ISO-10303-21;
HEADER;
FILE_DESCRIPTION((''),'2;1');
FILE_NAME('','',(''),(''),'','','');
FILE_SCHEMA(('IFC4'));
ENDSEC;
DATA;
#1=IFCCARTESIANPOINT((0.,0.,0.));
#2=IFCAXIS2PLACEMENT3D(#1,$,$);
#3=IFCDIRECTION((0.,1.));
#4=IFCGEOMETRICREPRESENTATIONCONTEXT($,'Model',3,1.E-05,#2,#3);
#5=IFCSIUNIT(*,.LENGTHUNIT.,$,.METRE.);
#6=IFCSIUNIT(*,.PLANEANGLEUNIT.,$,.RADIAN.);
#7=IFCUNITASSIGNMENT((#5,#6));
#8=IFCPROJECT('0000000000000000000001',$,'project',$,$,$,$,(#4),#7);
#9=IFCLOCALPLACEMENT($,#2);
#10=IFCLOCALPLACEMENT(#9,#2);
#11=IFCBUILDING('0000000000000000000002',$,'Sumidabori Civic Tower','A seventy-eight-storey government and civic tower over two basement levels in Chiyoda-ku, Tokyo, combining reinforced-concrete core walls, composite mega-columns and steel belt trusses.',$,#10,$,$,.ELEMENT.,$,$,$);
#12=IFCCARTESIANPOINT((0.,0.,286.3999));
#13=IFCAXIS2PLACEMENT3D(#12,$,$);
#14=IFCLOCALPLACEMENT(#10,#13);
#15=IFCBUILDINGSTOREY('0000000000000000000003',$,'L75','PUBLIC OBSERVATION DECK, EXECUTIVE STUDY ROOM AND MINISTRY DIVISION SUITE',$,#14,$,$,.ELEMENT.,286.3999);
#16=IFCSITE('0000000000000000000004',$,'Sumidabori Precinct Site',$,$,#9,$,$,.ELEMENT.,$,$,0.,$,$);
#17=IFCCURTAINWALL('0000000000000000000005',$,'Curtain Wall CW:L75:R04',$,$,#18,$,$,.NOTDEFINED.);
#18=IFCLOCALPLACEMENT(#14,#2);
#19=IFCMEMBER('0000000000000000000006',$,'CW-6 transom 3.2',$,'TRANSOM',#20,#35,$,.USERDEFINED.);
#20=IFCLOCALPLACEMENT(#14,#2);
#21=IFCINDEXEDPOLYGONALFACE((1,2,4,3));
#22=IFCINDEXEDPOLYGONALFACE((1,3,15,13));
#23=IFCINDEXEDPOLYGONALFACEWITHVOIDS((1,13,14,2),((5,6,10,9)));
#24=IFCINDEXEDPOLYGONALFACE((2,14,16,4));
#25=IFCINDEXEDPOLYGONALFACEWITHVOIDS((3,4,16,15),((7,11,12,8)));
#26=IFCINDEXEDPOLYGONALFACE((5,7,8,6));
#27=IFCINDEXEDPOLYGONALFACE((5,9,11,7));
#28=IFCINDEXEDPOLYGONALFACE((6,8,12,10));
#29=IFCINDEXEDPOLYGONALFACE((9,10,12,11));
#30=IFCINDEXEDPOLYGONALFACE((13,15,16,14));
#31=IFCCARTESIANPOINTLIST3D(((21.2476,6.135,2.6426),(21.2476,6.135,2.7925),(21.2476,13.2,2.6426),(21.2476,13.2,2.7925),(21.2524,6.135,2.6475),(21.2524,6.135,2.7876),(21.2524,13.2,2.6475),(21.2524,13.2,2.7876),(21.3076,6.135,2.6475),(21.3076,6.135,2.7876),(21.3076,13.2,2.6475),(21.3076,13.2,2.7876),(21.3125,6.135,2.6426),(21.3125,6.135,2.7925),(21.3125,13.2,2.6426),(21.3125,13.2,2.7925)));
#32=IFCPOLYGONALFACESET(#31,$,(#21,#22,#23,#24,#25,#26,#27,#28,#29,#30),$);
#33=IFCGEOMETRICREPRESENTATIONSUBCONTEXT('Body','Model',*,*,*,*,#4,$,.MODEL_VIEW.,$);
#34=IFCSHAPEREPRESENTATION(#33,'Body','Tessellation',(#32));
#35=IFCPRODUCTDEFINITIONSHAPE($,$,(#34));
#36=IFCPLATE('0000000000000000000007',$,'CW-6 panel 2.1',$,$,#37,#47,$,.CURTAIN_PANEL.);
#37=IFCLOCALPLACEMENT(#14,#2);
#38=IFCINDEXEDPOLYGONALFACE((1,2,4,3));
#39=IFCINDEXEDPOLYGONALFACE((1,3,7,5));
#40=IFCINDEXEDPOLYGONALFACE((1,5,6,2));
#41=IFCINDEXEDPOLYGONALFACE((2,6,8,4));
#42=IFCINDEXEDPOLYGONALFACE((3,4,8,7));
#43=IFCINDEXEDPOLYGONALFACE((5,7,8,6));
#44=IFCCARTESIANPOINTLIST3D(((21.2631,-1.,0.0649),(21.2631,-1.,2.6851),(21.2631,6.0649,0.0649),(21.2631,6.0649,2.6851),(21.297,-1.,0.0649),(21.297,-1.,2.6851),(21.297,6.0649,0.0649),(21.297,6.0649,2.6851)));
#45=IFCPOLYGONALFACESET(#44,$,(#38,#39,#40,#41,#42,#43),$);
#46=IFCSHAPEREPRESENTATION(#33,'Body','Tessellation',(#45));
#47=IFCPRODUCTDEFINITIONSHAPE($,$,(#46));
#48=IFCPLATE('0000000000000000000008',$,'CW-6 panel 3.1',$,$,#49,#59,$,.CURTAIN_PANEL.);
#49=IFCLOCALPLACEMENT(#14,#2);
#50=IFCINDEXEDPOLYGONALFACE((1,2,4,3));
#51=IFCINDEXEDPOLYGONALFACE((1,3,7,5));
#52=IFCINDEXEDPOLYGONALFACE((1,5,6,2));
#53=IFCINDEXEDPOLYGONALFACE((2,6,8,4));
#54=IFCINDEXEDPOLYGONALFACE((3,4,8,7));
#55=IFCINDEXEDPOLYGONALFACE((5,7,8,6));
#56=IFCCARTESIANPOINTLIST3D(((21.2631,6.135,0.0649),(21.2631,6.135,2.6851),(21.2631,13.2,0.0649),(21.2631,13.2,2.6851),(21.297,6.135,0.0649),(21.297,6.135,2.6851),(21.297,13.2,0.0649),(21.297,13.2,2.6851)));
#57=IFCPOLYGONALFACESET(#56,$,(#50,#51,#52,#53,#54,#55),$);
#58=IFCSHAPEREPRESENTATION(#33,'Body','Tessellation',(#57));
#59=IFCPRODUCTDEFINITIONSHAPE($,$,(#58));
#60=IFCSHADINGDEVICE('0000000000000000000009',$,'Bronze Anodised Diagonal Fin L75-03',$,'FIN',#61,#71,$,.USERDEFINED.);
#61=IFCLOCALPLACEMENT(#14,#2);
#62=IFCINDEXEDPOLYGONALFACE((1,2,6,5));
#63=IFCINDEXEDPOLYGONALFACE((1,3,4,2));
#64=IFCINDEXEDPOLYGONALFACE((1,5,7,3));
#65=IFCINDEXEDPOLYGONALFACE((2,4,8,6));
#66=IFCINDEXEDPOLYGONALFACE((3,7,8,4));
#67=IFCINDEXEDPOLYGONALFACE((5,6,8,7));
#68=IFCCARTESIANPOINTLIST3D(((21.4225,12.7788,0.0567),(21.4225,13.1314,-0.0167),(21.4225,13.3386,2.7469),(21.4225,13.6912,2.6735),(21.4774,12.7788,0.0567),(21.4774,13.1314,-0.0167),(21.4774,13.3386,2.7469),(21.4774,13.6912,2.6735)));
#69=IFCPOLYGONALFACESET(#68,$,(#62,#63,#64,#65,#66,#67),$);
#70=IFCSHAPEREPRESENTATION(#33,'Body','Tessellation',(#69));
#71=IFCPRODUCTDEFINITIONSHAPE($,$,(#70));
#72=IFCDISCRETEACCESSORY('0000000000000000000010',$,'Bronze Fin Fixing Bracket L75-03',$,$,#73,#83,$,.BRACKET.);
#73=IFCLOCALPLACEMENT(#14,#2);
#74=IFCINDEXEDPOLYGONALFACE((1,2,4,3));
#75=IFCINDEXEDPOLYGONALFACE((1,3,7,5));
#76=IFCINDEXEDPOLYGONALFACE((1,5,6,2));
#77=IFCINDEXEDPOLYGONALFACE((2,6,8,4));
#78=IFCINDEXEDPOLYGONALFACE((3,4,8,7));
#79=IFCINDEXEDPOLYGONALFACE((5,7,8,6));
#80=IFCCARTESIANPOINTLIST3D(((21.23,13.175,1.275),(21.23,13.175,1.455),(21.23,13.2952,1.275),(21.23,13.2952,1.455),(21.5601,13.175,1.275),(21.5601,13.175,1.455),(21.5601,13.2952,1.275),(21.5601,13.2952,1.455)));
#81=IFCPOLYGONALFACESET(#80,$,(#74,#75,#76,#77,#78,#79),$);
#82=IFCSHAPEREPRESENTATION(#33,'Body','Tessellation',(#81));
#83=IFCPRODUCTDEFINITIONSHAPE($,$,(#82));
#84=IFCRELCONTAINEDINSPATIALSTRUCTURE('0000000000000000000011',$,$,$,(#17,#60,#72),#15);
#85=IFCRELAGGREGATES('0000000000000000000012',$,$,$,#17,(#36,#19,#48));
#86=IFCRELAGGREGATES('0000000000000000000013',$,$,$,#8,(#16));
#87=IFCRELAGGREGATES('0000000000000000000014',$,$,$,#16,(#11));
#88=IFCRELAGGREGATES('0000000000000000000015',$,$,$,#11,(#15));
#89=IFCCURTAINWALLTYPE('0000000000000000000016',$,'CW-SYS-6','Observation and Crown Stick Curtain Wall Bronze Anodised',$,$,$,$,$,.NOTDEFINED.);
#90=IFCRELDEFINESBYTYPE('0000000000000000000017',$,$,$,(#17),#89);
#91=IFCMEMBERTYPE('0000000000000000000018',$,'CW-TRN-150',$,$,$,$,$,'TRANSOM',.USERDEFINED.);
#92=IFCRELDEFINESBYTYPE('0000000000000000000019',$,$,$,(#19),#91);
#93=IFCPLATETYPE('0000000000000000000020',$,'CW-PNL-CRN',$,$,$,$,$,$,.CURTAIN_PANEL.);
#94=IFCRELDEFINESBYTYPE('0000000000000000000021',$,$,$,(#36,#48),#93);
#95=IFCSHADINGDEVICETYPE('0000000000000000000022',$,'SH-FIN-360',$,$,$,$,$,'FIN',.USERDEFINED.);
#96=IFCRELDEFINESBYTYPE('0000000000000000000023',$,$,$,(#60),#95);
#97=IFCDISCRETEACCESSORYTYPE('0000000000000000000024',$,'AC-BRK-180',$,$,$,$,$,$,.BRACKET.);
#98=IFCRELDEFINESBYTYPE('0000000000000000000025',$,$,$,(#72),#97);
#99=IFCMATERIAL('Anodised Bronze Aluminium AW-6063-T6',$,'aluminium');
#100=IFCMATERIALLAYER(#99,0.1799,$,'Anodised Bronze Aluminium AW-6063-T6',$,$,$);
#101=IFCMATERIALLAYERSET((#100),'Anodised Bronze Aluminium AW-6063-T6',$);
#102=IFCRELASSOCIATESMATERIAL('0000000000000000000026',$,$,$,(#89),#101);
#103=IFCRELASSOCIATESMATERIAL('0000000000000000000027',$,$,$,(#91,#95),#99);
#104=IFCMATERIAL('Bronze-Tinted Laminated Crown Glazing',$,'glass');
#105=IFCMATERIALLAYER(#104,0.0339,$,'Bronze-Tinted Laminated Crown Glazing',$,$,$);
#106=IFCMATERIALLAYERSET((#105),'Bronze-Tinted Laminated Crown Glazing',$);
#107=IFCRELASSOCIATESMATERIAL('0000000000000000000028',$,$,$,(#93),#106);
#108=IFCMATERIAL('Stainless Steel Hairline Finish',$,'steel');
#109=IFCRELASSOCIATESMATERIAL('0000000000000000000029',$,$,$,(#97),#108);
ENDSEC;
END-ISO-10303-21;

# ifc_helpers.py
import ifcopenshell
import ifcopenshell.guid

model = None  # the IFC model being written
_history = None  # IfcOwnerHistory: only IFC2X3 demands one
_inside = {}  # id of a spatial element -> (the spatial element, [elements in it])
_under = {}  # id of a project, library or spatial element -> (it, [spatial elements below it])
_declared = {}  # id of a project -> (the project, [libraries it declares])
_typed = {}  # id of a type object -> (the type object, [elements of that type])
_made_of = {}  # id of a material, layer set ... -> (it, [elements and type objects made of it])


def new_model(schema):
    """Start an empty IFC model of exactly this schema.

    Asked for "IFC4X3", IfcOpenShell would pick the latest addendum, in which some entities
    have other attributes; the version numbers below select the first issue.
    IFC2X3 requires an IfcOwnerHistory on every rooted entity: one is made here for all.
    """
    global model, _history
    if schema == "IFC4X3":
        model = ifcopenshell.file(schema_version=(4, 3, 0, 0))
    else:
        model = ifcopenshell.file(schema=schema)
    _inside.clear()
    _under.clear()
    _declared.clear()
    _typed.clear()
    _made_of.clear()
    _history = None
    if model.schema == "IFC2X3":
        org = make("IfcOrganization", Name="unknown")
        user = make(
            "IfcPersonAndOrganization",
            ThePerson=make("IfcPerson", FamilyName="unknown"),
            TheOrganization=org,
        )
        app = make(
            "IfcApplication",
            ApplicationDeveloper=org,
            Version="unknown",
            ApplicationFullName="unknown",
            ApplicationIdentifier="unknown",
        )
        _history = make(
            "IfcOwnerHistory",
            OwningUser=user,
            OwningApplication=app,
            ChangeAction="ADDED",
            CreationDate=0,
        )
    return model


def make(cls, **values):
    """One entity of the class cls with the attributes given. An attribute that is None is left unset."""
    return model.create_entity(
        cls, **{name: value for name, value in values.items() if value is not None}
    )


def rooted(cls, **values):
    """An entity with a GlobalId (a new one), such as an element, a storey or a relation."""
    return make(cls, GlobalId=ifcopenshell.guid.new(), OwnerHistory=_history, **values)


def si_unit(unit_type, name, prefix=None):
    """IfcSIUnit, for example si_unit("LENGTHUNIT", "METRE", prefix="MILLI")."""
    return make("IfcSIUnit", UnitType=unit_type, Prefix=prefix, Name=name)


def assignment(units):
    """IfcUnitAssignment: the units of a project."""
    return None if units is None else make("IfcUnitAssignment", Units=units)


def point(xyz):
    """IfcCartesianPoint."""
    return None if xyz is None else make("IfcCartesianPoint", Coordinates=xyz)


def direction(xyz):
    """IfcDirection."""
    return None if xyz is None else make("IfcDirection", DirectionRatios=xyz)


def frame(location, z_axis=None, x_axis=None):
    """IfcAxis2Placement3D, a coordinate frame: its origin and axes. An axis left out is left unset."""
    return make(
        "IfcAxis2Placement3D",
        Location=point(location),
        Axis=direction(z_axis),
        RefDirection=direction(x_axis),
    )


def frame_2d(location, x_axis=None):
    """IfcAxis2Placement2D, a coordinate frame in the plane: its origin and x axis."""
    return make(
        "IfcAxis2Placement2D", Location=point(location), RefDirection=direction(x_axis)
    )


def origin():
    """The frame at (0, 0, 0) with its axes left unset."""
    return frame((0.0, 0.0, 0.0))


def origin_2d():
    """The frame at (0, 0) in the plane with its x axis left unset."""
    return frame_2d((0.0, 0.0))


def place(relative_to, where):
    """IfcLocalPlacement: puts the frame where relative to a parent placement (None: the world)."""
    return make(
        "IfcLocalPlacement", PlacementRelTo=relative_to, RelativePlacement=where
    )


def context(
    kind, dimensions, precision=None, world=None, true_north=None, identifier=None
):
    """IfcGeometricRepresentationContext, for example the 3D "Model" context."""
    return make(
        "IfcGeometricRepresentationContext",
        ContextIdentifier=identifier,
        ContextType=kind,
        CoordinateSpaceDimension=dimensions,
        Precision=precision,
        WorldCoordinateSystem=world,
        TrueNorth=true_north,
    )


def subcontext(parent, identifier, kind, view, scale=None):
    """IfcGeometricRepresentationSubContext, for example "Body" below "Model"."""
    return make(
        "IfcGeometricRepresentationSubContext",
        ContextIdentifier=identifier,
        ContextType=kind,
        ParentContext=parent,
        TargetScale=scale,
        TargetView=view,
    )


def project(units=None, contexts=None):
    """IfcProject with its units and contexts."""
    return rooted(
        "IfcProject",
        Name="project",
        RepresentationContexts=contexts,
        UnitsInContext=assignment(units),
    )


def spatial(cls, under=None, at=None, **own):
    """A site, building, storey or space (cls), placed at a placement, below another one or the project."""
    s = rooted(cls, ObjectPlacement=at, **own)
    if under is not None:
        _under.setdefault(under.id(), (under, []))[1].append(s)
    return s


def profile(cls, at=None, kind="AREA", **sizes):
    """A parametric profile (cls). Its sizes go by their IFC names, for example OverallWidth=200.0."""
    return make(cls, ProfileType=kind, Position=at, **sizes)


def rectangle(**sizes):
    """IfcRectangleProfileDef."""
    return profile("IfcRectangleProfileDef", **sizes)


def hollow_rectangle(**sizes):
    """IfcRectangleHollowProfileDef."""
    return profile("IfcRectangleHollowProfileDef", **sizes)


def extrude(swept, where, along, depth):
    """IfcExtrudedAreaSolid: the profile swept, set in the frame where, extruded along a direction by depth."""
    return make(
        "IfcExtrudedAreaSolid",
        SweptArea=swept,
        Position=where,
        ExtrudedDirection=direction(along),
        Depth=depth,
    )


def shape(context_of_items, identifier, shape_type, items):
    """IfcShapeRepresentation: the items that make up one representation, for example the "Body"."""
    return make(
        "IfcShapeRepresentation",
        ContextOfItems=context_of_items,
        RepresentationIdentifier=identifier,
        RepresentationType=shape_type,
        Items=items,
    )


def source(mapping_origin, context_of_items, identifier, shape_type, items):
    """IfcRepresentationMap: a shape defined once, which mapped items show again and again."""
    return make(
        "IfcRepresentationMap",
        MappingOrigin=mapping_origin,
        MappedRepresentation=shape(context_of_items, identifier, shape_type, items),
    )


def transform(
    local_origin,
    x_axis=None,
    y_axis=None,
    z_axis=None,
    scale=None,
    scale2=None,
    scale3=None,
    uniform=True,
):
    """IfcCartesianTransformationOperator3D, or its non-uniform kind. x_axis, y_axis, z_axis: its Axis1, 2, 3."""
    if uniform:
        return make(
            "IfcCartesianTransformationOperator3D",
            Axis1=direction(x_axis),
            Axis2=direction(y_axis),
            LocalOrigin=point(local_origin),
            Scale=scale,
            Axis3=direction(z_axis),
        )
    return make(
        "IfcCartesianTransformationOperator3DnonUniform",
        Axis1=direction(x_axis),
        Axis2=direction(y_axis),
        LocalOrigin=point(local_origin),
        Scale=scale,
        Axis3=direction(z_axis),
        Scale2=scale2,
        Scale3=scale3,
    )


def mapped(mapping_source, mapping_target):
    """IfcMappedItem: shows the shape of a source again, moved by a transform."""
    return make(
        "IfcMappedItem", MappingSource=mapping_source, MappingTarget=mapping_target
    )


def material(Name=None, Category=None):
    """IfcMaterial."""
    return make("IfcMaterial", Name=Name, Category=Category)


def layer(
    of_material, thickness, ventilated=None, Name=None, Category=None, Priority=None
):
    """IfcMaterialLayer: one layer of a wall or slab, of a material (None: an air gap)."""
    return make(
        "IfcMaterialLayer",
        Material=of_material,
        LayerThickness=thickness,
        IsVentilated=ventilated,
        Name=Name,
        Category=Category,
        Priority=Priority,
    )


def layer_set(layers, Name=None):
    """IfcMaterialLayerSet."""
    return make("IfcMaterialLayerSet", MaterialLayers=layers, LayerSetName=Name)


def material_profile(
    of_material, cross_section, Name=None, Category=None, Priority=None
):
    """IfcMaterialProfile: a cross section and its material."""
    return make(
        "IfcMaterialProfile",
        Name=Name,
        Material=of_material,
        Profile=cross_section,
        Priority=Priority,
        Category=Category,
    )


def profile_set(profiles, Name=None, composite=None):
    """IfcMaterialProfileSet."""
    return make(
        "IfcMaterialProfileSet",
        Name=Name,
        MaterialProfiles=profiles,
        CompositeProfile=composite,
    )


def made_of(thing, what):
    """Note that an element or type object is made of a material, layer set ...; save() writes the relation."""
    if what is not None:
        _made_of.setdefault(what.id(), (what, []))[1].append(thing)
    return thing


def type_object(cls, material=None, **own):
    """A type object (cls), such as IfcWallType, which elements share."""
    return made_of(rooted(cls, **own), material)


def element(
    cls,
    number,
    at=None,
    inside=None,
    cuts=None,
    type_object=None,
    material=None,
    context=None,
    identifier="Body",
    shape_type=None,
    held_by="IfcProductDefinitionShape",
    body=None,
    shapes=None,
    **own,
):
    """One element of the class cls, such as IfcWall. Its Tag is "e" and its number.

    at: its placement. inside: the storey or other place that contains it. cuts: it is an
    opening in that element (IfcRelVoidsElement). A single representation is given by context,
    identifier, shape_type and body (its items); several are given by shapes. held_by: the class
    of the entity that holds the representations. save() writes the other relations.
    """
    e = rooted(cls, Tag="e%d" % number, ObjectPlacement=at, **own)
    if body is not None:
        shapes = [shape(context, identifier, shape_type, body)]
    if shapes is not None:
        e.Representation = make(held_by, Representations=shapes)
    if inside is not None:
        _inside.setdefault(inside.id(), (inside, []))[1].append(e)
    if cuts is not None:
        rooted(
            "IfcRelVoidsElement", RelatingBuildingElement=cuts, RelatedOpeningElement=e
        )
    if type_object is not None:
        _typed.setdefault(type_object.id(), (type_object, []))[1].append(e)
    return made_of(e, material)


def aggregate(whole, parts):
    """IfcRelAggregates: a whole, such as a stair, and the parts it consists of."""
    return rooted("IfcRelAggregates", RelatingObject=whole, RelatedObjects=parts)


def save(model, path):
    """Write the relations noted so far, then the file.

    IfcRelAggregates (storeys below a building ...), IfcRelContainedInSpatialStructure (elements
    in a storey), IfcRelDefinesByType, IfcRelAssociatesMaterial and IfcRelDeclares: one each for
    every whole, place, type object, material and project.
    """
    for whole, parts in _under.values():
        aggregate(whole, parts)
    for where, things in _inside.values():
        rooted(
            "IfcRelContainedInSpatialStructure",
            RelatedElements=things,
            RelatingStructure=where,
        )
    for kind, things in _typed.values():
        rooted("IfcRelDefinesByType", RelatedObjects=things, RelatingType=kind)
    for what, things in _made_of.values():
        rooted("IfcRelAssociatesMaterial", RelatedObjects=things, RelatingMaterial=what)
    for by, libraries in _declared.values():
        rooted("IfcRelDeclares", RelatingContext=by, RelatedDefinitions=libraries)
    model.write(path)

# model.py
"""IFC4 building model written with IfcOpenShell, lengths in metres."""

from ifc_helpers import new_model, si_unit, direction, frame, origin, origin_2d, place, context, subcontext, project, spatial, rectangle, hollow_rectangle, extrude, source, transform, mapped, material, layer, layer_set, material_profile, profile_set, type_object, element, aggregate, save


model = new_model("IFC4")

# Units and contexts
model_context = context("Model", 3, precision=1e-05, world=origin(), true_north=direction((0.0, 1.0)))
body_context = subcontext(model_context, "Body", "Model", "MODEL_VIEW")
ifc_project = project(units=[si_unit("LENGTHUNIT", "METRE"), si_unit("PLANEANGLEUNIT", "RADIAN")], contexts=[model_context])

# Site, building, storey
site_placement = place(None, origin())
site = spatial("IfcSite", under=ifc_project, at=site_placement, Name="Sumidabori Precinct Site", CompositionType="ELEMENT", RefElevation=0.0)
building_placement = place(site_placement, origin())
building = spatial("IfcBuilding", under=site, at=building_placement, Name="Sumidabori Civic Tower", Description="A seventy-eight-storey government and civic tower over two basement levels in Chiyoda-ku, Tokyo, combining reinforced-concrete core walls, composite mega-columns and steel belt trusses.", CompositionType="ELEMENT")
storey_placement = place(building_placement, frame((0.0, 0.0, 286.3999)))
storey = spatial("IfcBuildingStorey", under=building, at=storey_placement, Name="L75", Description="PUBLIC OBSERVATION DECK, EXECUTIVE STUDY ROOM AND MINISTRY DIVISION SUITE", CompositionType="ELEMENT", Elevation=286.3999)

# Curtain wall, member, plates
ifc_material_1 = material(Name="Anodised Bronze Aluminium AW-6063-T6", Category="aluminium")
ifc_layer_1 = layer(ifc_material_1, 0.1799, Name="Anodised Bronze Aluminium AW-6063-T6")
ifc_layer_set_1 = layer_set([ifc_layer_1], Name="Anodised Bronze Aluminium AW-6063-T6")
curtain_wall_type = type_object("IfcCurtainWallType", Name="CW-SYS-6", Description="Observation and Crown Stick Curtain Wall Bronze Anodised", PredefinedType="NOTDEFINED", material=ifc_layer_set_1)
curtain_wall_placement = place(storey_placement, origin())
curtain_wall = element("IfcCurtainWall", 1, at=curtain_wall_placement, inside=storey, type_object=curtain_wall_type, Name="Curtain Wall CW:L75:R04", PredefinedType="NOTDEFINED")
ifc_material_profile_1 = material_profile(ifc_material_1, hollow_rectangle(XDim=0.0649, YDim=0.1499, WallThickness=0.0049, at=origin_2d()), Name="ALU TRANSOM 150x65")
ifc_profile_set_1 = profile_set([ifc_material_profile_1], Name="Anodised Bronze Aluminium AW-6063-T6")
member_type_1 = type_object("IfcMemberType", Name="CW-TRN-150", ElementType="TRANSOM", PredefinedType="USERDEFINED", material=ifc_profile_set_1)
shared_shape_1 = source(origin(), body_context, "Body", "SweptSolid", [
    extrude(hollow_rectangle(XDim=0.0649, YDim=0.1499, WallThickness=0.0049, at=origin_2d()), origin(), (0.0, 0.0, 1.0), 7.0649),
])
member_1_placement = place(storey_placement, frame((21.28, 6.135, 2.7175), z_axis=(0.0, 1.0, 0.0), x_axis=(-1.0, 0.0, 0.0)))
member_1 = element("IfcMember", 2, at=member_1_placement, type_object=member_type_1, Name="CW-6 transom 3.2", ObjectType="TRANSOM", PredefinedType="USERDEFINED", context=body_context, shape_type="MappedRepresentation", body=[
    mapped(shared_shape_1, transform((0.0, 0.0, 0.0), x_axis=(1.0, 0.0, 0.0), y_axis=(0.0, 1.0, 0.0), z_axis=(0.0, 0.0, 1.0), scale=1.0)),
])
ifc_material_2 = material(Name="Bronze-Tinted Laminated Crown Glazing", Category="glass")
ifc_layer_2 = layer(ifc_material_2, 0.0339, Name="Bronze-Tinted Laminated Crown Glazing")
ifc_layer_set_2 = layer_set([ifc_layer_2], Name="Bronze-Tinted Laminated Crown Glazing")
plate_type = type_object("IfcPlateType", Name="CW-PNL-CRN", PredefinedType="CURTAIN_PANEL", material=ifc_layer_set_2)
shared_shape_2 = source(origin(), body_context, "Body", "SweptSolid", [
    extrude(rectangle(XDim=7.0649, YDim=0.0339, at=origin_2d()), origin(), (0.0, 0.0, 1.0), 2.6201),
])
plate_1_placement = place(storey_placement, frame((21.28, 2.5325, 0.0649), z_axis=(0.0, 0.0, 1.0), x_axis=(0.0, 1.0, 0.0)))
plate_1 = element("IfcPlate", 3, at=plate_1_placement, type_object=plate_type, Name="CW-6 panel 2.1", PredefinedType="CURTAIN_PANEL", context=body_context, shape_type="MappedRepresentation", body=[
    mapped(shared_shape_2, transform((0.0, 0.0, 0.0), x_axis=(1.0, 0.0, 0.0), y_axis=(0.0, 1.0, 0.0), z_axis=(0.0, 0.0, 1.0), scale=1.0)),
])
plate_2_placement = place(storey_placement, frame((21.28, 9.6675, 0.0649), z_axis=(0.0, 0.0, 1.0), x_axis=(0.0, 1.0, 0.0)))
plate_2 = element("IfcPlate", 4, at=plate_2_placement, type_object=plate_type, Name="CW-6 panel 3.1", PredefinedType="CURTAIN_PANEL", context=body_context, shape_type="MappedRepresentation", body=[
    mapped(shared_shape_2, transform((0.0, 0.0, 0.0), x_axis=(1.0, 0.0, 0.0), y_axis=(0.0, 1.0, 0.0), z_axis=(0.0, 0.0, 1.0), scale=1.0)),
])
aggregate(curtain_wall, [plate_1, member_1, plate_2])

# Shading device
ifc_material_profile_2 = material_profile(ifc_material_1, rectangle(XDim=0.0549, YDim=0.3601, at=origin_2d()), Name="BRONZE FIN 360x55")
ifc_profile_set_2 = profile_set([ifc_material_profile_2], Name="Anodised Bronze Aluminium AW-6063-T6")
shading_device_type = type_object("IfcShadingDeviceType", Name="SH-FIN-360", ElementType="FIN", PredefinedType="USERDEFINED", material=ifc_profile_set_2)
shared_shape_3 = source(origin(), body_context, "Body", "SweptSolid", [
    extrude(rectangle(XDim=0.0549, YDim=0.3601, at=origin_2d()), origin(), (0.0, 0.0, 1.0), 2.7478),
])
shading_device_placement = place(storey_placement, frame((21.45, 12.9551, 0.02), z_axis=(0.0, 0.203731, 0.979027), x_axis=(-1.0, 0.0, 0.0)))
element("IfcShadingDevice", 5, at=shading_device_placement, inside=storey, type_object=shading_device_type, Name="Bronze Anodised Diagonal Fin L75-03", ObjectType="FIN", PredefinedType="USERDEFINED", context=body_context, shape_type="MappedRepresentation", body=[
    mapped(shared_shape_3, transform((0.0, 0.0, 0.0), x_axis=(1.0, 0.0, 0.0), y_axis=(0.0, 1.0, 0.0), z_axis=(0.0, 0.0, 1.0), scale=1.0)),
])

# Discrete accessory
ifc_material_3 = material(Name="Stainless Steel Hairline Finish", Category="steel")
ifc_material_profile_3 = material_profile(ifc_material_3, rectangle(XDim=0.1201, YDim=0.1799, at=origin_2d()), Name="STEEL BRACKET 180x120")
ifc_profile_set_3 = profile_set([ifc_material_profile_3], Name="Stainless Steel Hairline Finish")
discrete_accessory_type = type_object("IfcDiscreteAccessoryType", Name="AC-BRK-180", PredefinedType="BRACKET", material=ifc_profile_set_3)
shared_shape_4 = source(origin(), body_context, "Body", "SweptSolid", [
    extrude(rectangle(XDim=0.1201, YDim=0.1799, at=origin_2d()), origin(), (0.0, 0.0, 1.0), 0.3301),
])
discrete_accessory_placement = place(storey_placement, frame((21.23, 13.2351, 1.365), z_axis=(1.0, 0.0, 0.0), x_axis=(0.0, 1.0, 0.0)))
element("IfcDiscreteAccessory", 6, at=discrete_accessory_placement, inside=storey, type_object=discrete_accessory_type, Name="Bronze Fin Fixing Bracket L75-03", PredefinedType="BRACKET", context=body_context, shape_type="MappedRepresentation", body=[
    mapped(shared_shape_4, transform((0.0, 0.0, 0.0), x_axis=(1.0, 0.0, 0.0), y_axis=(0.0, 1.0, 0.0), z_axis=(0.0, 0.0, 1.0), scale=1.0)),
])

save(model, "model.ifc")
